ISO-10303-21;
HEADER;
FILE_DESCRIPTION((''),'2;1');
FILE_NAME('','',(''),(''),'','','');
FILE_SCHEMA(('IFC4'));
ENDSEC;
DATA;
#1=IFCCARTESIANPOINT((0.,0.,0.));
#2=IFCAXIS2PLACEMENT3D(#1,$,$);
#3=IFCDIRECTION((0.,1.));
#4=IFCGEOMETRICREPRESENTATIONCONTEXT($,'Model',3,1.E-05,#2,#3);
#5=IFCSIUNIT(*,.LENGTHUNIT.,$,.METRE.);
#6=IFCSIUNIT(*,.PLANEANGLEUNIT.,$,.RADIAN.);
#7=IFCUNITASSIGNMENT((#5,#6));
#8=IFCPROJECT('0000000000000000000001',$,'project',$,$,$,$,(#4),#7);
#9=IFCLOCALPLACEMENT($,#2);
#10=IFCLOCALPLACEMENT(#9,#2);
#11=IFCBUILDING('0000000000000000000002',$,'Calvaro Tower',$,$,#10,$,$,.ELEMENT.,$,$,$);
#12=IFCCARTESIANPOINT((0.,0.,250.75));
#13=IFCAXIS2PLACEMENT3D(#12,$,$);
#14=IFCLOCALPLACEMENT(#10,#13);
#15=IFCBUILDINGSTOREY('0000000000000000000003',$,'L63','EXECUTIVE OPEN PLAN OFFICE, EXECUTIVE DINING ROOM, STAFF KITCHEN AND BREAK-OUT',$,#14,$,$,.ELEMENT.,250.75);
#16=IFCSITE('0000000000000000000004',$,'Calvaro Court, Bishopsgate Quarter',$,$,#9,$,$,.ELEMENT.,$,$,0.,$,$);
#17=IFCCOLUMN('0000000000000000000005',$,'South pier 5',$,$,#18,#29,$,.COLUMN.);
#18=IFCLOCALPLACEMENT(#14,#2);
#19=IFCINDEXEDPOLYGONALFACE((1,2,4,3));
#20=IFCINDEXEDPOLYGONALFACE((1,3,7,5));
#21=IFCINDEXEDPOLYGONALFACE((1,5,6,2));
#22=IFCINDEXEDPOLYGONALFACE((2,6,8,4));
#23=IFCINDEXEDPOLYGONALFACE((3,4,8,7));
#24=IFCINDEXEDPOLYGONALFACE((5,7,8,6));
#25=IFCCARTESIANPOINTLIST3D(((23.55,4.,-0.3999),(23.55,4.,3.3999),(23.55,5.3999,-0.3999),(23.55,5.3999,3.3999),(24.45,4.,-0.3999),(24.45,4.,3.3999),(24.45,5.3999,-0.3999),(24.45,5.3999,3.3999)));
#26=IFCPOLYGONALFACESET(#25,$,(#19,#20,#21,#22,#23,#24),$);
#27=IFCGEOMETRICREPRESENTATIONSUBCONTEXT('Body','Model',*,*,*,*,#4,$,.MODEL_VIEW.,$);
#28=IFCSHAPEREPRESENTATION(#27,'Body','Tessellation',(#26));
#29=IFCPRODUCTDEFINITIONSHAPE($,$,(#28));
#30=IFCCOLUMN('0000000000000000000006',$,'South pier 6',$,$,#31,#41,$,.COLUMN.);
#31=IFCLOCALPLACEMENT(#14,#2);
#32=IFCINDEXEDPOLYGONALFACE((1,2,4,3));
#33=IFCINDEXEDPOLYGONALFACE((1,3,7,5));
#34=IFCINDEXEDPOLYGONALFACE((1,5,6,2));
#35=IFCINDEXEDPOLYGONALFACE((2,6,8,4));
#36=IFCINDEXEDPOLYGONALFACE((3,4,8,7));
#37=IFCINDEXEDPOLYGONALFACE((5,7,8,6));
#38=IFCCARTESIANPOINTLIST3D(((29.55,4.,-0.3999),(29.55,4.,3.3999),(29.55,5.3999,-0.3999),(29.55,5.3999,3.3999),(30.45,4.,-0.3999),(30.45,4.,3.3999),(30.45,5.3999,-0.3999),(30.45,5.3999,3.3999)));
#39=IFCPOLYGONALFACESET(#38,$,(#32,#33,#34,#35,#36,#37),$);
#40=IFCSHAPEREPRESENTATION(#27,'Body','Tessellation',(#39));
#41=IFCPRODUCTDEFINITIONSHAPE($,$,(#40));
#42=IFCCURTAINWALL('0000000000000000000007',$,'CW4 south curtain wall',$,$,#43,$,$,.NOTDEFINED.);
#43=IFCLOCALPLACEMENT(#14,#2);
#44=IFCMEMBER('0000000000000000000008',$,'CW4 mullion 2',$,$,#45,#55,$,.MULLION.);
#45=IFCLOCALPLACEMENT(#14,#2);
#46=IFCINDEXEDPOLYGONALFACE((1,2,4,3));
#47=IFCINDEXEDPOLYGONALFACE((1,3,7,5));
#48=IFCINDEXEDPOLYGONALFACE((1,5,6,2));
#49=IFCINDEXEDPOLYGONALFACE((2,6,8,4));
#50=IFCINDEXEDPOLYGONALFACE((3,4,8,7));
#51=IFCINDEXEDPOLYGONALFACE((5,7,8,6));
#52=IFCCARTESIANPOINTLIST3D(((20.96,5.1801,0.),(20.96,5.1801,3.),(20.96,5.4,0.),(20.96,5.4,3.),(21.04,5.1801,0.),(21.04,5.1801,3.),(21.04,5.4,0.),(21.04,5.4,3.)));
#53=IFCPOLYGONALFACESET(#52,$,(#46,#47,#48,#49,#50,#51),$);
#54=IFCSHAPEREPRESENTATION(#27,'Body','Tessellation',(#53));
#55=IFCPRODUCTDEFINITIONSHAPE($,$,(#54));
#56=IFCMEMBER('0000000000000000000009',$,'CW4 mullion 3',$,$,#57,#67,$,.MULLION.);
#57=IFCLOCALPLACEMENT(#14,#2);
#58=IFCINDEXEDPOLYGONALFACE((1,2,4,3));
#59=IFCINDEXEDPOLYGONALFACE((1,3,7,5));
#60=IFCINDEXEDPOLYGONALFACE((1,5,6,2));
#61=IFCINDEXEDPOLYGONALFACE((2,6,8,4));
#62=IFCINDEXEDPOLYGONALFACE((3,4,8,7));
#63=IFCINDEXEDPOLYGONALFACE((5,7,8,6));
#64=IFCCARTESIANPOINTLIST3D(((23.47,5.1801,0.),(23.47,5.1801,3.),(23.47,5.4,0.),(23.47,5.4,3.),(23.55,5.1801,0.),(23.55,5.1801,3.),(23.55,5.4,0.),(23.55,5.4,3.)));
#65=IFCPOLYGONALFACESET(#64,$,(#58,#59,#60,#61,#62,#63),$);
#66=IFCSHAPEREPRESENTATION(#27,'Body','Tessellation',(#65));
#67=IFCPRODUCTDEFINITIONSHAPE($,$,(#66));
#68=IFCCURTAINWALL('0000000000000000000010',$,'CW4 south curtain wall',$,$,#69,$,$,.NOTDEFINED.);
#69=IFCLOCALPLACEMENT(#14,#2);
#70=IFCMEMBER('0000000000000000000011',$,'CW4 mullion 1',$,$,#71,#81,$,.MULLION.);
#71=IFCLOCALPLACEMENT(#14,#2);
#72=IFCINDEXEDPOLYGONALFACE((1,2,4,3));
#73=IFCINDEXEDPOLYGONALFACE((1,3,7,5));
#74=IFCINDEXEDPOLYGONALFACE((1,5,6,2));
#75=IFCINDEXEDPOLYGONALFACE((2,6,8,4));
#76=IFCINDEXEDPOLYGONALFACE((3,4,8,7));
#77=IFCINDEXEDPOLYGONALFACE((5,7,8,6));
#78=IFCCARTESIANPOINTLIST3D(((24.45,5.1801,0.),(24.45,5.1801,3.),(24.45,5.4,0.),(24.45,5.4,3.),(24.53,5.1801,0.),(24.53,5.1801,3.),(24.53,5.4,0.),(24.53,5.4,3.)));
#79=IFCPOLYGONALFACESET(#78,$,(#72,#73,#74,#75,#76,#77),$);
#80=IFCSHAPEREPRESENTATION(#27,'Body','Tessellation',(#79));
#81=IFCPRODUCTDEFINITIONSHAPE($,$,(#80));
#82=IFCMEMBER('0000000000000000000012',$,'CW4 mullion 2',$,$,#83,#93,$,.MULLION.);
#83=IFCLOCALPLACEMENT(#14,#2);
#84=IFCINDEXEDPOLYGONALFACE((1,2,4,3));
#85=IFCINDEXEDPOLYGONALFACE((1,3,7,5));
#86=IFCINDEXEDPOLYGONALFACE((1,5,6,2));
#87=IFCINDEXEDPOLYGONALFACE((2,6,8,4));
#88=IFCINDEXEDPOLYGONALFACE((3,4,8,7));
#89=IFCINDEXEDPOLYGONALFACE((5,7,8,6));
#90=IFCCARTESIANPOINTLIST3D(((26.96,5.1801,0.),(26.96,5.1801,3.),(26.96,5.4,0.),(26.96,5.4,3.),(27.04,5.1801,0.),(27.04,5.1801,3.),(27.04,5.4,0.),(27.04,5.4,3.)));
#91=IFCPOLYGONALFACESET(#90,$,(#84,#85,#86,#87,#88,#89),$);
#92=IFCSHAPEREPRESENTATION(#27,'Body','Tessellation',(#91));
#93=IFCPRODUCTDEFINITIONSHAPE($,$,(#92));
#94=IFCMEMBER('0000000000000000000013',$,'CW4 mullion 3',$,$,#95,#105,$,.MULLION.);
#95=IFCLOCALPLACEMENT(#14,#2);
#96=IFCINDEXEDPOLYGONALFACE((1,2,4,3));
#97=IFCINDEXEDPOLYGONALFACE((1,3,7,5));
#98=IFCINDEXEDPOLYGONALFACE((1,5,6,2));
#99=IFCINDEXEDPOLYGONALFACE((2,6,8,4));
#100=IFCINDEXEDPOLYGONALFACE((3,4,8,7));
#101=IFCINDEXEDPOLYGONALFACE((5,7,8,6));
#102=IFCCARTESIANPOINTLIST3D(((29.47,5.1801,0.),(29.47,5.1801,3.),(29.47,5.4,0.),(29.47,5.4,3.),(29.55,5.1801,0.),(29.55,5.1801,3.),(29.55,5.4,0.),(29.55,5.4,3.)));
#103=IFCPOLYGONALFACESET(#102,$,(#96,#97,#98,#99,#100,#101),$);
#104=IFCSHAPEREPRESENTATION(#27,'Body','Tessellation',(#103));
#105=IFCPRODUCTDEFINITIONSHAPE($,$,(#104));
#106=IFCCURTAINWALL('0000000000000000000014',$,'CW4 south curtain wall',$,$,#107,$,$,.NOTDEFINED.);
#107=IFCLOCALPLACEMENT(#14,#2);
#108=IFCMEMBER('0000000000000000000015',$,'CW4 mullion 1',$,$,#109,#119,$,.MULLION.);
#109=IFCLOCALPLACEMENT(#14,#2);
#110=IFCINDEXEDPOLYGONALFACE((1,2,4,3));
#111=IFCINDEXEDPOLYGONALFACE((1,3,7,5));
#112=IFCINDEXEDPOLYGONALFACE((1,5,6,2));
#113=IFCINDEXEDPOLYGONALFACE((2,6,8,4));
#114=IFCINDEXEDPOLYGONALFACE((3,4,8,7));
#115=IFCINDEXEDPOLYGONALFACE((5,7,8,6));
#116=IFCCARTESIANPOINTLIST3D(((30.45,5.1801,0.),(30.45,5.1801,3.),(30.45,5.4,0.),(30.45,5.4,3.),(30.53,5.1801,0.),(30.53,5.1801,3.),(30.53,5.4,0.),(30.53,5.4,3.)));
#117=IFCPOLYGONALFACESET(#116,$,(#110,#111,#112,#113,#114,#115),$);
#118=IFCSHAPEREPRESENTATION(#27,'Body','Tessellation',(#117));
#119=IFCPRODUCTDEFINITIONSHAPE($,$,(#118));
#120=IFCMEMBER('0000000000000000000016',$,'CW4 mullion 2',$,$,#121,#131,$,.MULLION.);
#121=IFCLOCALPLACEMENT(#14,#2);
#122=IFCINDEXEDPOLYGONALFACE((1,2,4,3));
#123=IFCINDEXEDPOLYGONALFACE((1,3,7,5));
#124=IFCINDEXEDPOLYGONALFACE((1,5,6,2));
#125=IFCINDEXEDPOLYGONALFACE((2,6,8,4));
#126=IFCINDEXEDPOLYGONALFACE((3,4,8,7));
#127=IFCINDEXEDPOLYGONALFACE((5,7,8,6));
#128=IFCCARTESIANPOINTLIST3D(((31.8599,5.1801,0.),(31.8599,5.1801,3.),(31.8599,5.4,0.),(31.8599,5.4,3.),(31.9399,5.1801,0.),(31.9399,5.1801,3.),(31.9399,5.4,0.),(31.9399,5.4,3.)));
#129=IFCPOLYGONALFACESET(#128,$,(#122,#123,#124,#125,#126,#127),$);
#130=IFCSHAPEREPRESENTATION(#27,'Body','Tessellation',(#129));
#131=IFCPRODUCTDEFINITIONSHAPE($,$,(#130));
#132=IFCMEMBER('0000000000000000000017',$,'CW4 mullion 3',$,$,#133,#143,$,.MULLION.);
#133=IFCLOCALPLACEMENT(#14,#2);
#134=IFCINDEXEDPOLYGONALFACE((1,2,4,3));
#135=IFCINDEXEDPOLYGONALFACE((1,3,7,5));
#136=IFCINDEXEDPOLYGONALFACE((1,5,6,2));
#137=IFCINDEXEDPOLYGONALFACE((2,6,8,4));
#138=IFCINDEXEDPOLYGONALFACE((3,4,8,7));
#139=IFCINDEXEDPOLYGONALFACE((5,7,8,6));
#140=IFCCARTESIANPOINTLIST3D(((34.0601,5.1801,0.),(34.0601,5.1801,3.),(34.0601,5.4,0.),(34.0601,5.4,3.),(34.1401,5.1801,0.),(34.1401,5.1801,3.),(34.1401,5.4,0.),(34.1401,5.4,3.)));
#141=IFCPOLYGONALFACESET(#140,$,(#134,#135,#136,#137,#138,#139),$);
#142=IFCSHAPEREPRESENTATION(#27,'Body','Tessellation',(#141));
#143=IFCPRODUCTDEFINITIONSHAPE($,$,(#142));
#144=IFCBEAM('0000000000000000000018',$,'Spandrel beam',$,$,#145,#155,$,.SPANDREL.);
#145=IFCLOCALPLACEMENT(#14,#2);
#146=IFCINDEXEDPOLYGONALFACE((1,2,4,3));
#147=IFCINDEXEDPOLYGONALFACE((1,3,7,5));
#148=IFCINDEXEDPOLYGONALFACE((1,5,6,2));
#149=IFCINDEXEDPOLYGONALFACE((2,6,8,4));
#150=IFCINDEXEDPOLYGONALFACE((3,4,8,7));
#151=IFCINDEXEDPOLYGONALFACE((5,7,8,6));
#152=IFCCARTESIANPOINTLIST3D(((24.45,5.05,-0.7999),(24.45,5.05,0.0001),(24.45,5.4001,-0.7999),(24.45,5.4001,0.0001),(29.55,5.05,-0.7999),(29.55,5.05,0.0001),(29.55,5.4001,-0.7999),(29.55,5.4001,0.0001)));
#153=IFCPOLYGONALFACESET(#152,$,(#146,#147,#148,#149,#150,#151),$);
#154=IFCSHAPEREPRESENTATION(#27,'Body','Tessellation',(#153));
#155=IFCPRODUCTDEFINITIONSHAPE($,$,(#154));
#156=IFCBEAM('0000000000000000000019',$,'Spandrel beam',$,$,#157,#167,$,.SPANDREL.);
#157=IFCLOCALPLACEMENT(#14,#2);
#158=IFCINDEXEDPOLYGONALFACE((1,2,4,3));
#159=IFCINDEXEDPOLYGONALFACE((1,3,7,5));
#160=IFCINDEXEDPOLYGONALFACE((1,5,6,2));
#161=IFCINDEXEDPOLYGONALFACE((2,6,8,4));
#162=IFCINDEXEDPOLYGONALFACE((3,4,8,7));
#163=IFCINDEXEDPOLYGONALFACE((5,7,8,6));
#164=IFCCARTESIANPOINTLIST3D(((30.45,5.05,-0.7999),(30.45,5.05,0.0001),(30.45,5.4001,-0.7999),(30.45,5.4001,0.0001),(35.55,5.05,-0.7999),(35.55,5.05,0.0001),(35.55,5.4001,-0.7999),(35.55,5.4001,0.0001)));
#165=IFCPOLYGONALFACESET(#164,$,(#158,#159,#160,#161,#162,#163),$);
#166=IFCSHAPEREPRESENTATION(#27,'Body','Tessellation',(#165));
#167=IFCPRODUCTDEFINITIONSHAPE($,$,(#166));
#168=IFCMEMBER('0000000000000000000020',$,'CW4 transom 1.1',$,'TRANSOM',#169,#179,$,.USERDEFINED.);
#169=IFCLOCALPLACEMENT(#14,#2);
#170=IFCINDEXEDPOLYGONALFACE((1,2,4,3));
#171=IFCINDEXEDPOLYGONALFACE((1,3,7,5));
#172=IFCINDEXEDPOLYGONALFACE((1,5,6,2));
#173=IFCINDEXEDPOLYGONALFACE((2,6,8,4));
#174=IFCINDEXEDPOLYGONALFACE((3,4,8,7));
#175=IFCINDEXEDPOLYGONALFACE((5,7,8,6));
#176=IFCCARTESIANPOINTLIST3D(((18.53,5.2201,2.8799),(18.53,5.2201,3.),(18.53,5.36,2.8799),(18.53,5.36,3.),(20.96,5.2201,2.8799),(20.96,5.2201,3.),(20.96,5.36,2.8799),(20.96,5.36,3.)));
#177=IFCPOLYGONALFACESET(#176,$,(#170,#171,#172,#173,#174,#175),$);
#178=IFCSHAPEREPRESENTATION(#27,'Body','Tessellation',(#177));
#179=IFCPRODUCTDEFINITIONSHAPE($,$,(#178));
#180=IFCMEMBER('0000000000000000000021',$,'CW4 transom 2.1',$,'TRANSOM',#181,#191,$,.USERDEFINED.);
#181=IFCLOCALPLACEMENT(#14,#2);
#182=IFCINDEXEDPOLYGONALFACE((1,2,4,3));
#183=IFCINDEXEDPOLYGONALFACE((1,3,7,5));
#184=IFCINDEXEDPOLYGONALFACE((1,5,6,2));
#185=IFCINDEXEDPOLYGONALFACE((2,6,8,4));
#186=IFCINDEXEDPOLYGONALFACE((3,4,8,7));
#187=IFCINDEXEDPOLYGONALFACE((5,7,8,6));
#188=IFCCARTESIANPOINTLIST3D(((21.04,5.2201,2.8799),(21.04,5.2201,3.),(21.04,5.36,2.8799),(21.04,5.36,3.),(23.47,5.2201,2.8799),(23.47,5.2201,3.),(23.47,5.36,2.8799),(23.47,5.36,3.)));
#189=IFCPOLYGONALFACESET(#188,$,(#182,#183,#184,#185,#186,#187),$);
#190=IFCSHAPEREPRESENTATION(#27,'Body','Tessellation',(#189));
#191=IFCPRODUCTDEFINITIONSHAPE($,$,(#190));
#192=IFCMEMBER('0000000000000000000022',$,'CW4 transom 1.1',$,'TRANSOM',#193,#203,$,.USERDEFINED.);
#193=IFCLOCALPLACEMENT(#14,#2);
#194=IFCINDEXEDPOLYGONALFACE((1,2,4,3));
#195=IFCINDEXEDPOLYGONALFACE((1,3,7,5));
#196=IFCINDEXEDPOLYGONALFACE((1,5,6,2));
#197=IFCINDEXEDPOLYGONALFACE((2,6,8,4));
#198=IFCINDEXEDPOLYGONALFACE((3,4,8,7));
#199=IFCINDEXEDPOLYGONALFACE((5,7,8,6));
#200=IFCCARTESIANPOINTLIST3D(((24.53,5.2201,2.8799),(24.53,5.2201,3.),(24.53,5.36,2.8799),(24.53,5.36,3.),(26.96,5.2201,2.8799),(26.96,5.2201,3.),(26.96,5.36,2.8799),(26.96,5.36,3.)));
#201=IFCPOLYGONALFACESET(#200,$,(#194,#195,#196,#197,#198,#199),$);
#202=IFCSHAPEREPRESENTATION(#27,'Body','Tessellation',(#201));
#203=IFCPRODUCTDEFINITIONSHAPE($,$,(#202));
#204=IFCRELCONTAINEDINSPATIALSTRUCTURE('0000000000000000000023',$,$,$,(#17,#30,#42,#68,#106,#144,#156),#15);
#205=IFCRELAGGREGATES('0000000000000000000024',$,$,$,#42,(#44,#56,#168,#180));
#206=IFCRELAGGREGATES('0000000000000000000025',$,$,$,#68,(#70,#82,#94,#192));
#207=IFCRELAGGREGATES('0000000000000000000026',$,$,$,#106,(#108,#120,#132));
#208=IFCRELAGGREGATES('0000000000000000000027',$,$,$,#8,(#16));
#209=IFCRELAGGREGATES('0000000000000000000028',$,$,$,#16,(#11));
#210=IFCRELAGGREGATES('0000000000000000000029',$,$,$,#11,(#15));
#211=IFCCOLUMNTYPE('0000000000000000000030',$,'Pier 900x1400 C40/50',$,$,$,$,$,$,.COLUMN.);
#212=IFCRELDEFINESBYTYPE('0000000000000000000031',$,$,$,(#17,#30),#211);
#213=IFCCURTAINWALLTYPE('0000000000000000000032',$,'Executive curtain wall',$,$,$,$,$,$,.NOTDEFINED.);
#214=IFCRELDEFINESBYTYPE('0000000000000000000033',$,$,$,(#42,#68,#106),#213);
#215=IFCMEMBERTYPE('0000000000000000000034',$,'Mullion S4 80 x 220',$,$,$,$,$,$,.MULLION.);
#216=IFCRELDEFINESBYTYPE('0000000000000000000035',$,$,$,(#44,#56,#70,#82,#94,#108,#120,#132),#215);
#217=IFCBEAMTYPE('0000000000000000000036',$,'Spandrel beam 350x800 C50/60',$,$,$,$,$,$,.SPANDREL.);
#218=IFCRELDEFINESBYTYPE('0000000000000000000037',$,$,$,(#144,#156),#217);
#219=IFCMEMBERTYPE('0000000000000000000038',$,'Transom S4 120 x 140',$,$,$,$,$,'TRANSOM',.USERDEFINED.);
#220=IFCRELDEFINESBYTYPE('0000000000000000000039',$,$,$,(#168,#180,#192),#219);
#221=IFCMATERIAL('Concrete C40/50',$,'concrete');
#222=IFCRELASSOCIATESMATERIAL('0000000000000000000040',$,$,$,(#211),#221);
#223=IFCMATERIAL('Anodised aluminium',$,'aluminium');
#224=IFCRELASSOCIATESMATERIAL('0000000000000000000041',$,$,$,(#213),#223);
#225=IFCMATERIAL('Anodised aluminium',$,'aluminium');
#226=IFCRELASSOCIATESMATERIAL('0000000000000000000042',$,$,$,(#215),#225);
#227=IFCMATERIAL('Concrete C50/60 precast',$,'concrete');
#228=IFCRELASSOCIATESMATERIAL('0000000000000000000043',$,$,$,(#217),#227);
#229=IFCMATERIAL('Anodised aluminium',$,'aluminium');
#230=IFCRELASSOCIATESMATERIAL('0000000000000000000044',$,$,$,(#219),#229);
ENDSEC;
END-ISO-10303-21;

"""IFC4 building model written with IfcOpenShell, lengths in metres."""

from ifc_helpers import new_model, si_unit, direction, frame, origin, origin_2d, place, context, subcontext, project, spatial, rectangle, extrude, material, material_profile, profile_set, type_object, element, aggregate, save


model = new_model("IFC4")

# Units and contexts
model_context = context("Model", 3, precision=1e-05, world=origin(), true_north=direction((0.0, 1.0)))
body_context = subcontext(model_context, "Body", "Model", "MODEL_VIEW")
ifc_project = project(units=[si_unit("LENGTHUNIT", "METRE"), si_unit("PLANEANGLEUNIT", "RADIAN")], contexts=[model_context])

# Site, building, storey
site_placement = place(None, origin())
site = spatial("IfcSite", under=ifc_project, at=site_placement, Name="Calvaro Court, Bishopsgate Quarter", CompositionType="ELEMENT", RefElevation=0.0)
building_placement = place(site_placement, origin())
building = spatial("IfcBuilding", under=site, at=building_placement, Name="Calvaro Tower", CompositionType="ELEMENT")
storey_placement = place(building_placement, frame((0.0, 0.0, 250.75)))
storey = spatial("IfcBuildingStorey", under=building, at=storey_placement, Name="L63", Description="EXECUTIVE OPEN PLAN OFFICE, EXECUTIVE DINING ROOM, STAFF KITCHEN AND BREAK-OUT", CompositionType="ELEMENT", Elevation=250.75)

# Columns
ifc_material_1 = material(Name="Concrete C40/50", Category="concrete")
ifc_material_profile_1 = material_profile(ifc_material_1, rectangle(XDim=0.8999, YDim=1.3999, at=origin_2d()), Name="RC 900x1400")
ifc_profile_set_1 = profile_set([ifc_material_profile_1], Name="Concrete C40/50")
column_type = type_object("IfcColumnType", Name="Pier 900x1400 C40/50", PredefinedType="COLUMN", material=ifc_profile_set_1)
for number, where, z_axis, x_axis, name in (
    (1, (24.0, 4.7, -0.3999), (0.0, 0.0, 1.0), (1.0, 0.0, 0.0), "South pier 5"),
    (2, (30.0, 4.7, -0.3999), (0.0, 0.0, 1.0), (1.0, 0.0, 0.0), "South pier 6"),
):
    element("IfcColumn", number, at=place(storey_placement, frame(where, z_axis=z_axis, x_axis=x_axis)), inside=storey, type_object=column_type, Name=name, PredefinedType="COLUMN", context=body_context, shape_type="SweptSolid", body=[
        extrude(rectangle(XDim=0.8999, YDim=1.3999, at=origin_2d()), origin(), (0.0, 0.0, 1.0), 3.7998),
    ])

# Curtain walls, members
ifc_material_2 = material(Name="Anodised aluminium", Category="aluminium")
curtain_wall_type = type_object("IfcCurtainWallType", Name="Executive curtain wall", PredefinedType="NOTDEFINED", material=ifc_material_2)
curtain_wall_1_placement = place(storey_placement, origin())
curtain_wall_1 = element("IfcCurtainWall", 3, at=curtain_wall_1_placement, inside=storey, type_object=curtain_wall_type, Name="CW4 south curtain wall", PredefinedType="NOTDEFINED")
ifc_material_3 = material(Name="Anodised aluminium", Category="aluminium")
ifc_material_profile_2 = material_profile(ifc_material_3, rectangle(XDim=0.22, YDim=0.0801, at=origin_2d()), Name="Mullion S4 80 x 220")
ifc_profile_set_2 = profile_set([ifc_material_profile_2], Name="Anodised aluminium")
member_type_1 = type_object("IfcMemberType", Name="Mullion S4 80 x 220", PredefinedType="MULLION", material=ifc_profile_set_2)
member_1_placement = place(storey_placement, frame((21.0, 5.29, 0.0), z_axis=(0.0, 0.0, 1.0), x_axis=(0.0, 1.0, 0.0)))
member_1 = element("IfcMember", 4, at=member_1_placement, type_object=member_type_1, Name="CW4 mullion 2", PredefinedType="MULLION", context=body_context, shape_type="SweptSolid", body=[
    extrude(rectangle(XDim=0.22, YDim=0.0801, at=origin_2d()), origin(), (0.0, 0.0, 1.0), 3.0),
])
member_2_placement = place(storey_placement, frame((23.51, 5.29, 0.0), z_axis=(0.0, 0.0, 1.0), x_axis=(0.0, 1.0, 0.0)))
member_2 = element("IfcMember", 5, at=member_2_placement, type_object=member_type_1, Name="CW4 mullion 3", PredefinedType="MULLION", context=body_context, shape_type="SweptSolid", body=[
    extrude(rectangle(XDim=0.22, YDim=0.0801, at=origin_2d()), origin(), (0.0, 0.0, 1.0), 3.0),
])
curtain_wall_2_placement = place(storey_placement, origin())
curtain_wall_2 = element("IfcCurtainWall", 6, at=curtain_wall_2_placement, inside=storey, type_object=curtain_wall_type, Name="CW4 south curtain wall", PredefinedType="NOTDEFINED")
member_3_placement = place(storey_placement, frame((24.49, 5.29, 0.0), z_axis=(0.0, 0.0, 1.0), x_axis=(0.0, 1.0, 0.0)))
member_3 = element("IfcMember", 7, at=member_3_placement, type_object=member_type_1, Name="CW4 mullion 1", PredefinedType="MULLION", context=body_context, shape_type="SweptSolid", body=[
    extrude(rectangle(XDim=0.22, YDim=0.0801, at=origin_2d()), origin(), (0.0, 0.0, 1.0), 3.0),
])
member_4_placement = place(storey_placement, frame((27.0, 5.29, 0.0), z_axis=(0.0, 0.0, 1.0), x_axis=(0.0, 1.0, 0.0)))
member_4 = element("IfcMember", 8, at=member_4_placement, type_object=member_type_1, Name="CW4 mullion 2", PredefinedType="MULLION", context=body_context, shape_type="SweptSolid", body=[
    extrude(rectangle(XDim=0.22, YDim=0.0801, at=origin_2d()), origin(), (0.0, 0.0, 1.0), 3.0),
])
member_5_placement = place(storey_placement, frame((29.51, 5.29, 0.0), z_axis=(0.0, 0.0, 1.0), x_axis=(0.0, 1.0, 0.0)))
member_5 = element("IfcMember", 9, at=member_5_placement, type_object=member_type_1, Name="CW4 mullion 3", PredefinedType="MULLION", context=body_context, shape_type="SweptSolid", body=[
    extrude(rectangle(XDim=0.22, YDim=0.0801, at=origin_2d()), origin(), (0.0, 0.0, 1.0), 3.0),
])
curtain_wall_3_placement = place(storey_placement, origin())
curtain_wall_3 = element("IfcCurtainWall", 10, at=curtain_wall_3_placement, inside=storey, type_object=curtain_wall_type, Name="CW4 south curtain wall", PredefinedType="NOTDEFINED")
member_6_placement = place(storey_placement, frame((30.49, 5.29, 0.0), z_axis=(0.0, 0.0, 1.0), x_axis=(0.0, 1.0, 0.0)))
member_6 = element("IfcMember", 11, at=member_6_placement, type_object=member_type_1, Name="CW4 mullion 1", PredefinedType="MULLION", context=body_context, shape_type="SweptSolid", body=[
    extrude(rectangle(XDim=0.22, YDim=0.0801, at=origin_2d()), origin(), (0.0, 0.0, 1.0), 3.0),
])
member_7_placement = place(storey_placement, frame((31.8999, 5.29, 0.0), z_axis=(0.0, 0.0, 1.0), x_axis=(0.0, 1.0, 0.0)))
member_7 = element("IfcMember", 12, at=member_7_placement, type_object=member_type_1, Name="CW4 mullion 2", PredefinedType="MULLION", context=body_context, shape_type="SweptSolid", body=[
    extrude(rectangle(XDim=0.22, YDim=0.0801, at=origin_2d()), origin(), (0.0, 0.0, 1.0), 3.0),
])
member_8_placement = place(storey_placement, frame((34.1001, 5.29, 0.0), z_axis=(0.0, 0.0, 1.0), x_axis=(0.0, 1.0, 0.0)))
member_8 = element("IfcMember", 13, at=member_8_placement, type_object=member_type_1, Name="CW4 mullion 3", PredefinedType="MULLION", context=body_context, shape_type="SweptSolid", body=[
    extrude(rectangle(XDim=0.22, YDim=0.0801, at=origin_2d()), origin(), (0.0, 0.0, 1.0), 3.0),
])

# Beams
ifc_material_4 = material(Name="Concrete C50/60 precast", Category="concrete")
ifc_material_profile_3 = material_profile(ifc_material_4, rectangle(XDim=0.3501, YDim=0.8, at=origin_2d()), Name="RC 350x800")
ifc_profile_set_3 = profile_set([ifc_material_profile_3], Name="Concrete C50/60 precast")
beam_type = type_object("IfcBeamType", Name="Spandrel beam 350x800 C50/60", PredefinedType="SPANDREL", material=ifc_profile_set_3)
for number, where, z_axis, x_axis, name in (
    (14, (24.45, 5.2251, -0.3999), (1.0, 0.0, 0.0), (0.0, 1.0, 0.0), "Spandrel beam"),
    (15, (30.45, 5.2251, -0.3999), (1.0, 0.0, 0.0), (0.0, 1.0, 0.0), "Spandrel beam"),
):
    element("IfcBeam", number, at=place(storey_placement, frame(where, z_axis=z_axis, x_axis=x_axis)), inside=storey, type_object=beam_type, Name=name, PredefinedType="SPANDREL", context=body_context, shape_type="SweptSolid", body=[
        extrude(rectangle(XDim=0.3501, YDim=0.8, at=origin_2d()), origin(), (0.0, 0.0, 1.0), 5.1001),
    ])

# Members
ifc_material_5 = material(Name="Anodised aluminium", Category="aluminium")
ifc_material_profile_4 = material_profile(ifc_material_5, rectangle(XDim=0.1399, YDim=0.1201, at=origin_2d()), Name="Transom S4 120 x 140")
ifc_profile_set_4 = profile_set([ifc_material_profile_4], Name="Anodised aluminium")
member_type_2 = type_object("IfcMemberType", Name="Transom S4 120 x 140", ElementType="TRANSOM", PredefinedType="USERDEFINED", material=ifc_profile_set_4)
member_9_placement = place(storey_placement, frame((18.53, 5.29, 2.9399), z_axis=(1.0, 0.0, 0.0), x_axis=(0.0, 1.0, 0.0)))
member_9 = element("IfcMember", 16, at=member_9_placement, type_object=member_type_2, Name="CW4 transom 1.1", ObjectType="TRANSOM", PredefinedType="USERDEFINED", context=body_context, shape_type="SweptSolid", body=[
    extrude(rectangle(XDim=0.1399, YDim=0.1201, at=origin_2d()), origin(), (0.0, 0.0, 1.0), 2.4299),
])
member_10_placement = place(storey_placement, frame((21.04, 5.29, 2.9399), z_axis=(1.0, 0.0, 0.0), x_axis=(0.0, 1.0, 0.0)))
member_10 = element("IfcMember", 17, at=member_10_placement, type_object=member_type_2, Name="CW4 transom 2.1", ObjectType="TRANSOM", PredefinedType="USERDEFINED", context=body_context, shape_type="SweptSolid", body=[
    extrude(rectangle(XDim=0.1399, YDim=0.1201, at=origin_2d()), origin(), (0.0, 0.0, 1.0), 2.4299),
])
member_11_placement = place(storey_placement, frame((24.53, 5.29, 2.9399), z_axis=(1.0, 0.0, 0.0), x_axis=(0.0, 1.0, 0.0)))
member_11 = element("IfcMember", 18, at=member_11_placement, type_object=member_type_2, Name="CW4 transom 1.1", ObjectType="TRANSOM", PredefinedType="USERDEFINED", context=body_context, shape_type="SweptSolid", body=[
    extrude(rectangle(XDim=0.1399, YDim=0.1201, at=origin_2d()), origin(), (0.0, 0.0, 1.0), 2.4299),
])

aggregate(curtain_wall_1, [member_1, member_2, member_9, member_10])
aggregate(curtain_wall_2, [member_3, member_4, member_5, member_11])
aggregate(curtain_wall_3, [member_6, member_7, member_8])

save(model, "model.ifc")
